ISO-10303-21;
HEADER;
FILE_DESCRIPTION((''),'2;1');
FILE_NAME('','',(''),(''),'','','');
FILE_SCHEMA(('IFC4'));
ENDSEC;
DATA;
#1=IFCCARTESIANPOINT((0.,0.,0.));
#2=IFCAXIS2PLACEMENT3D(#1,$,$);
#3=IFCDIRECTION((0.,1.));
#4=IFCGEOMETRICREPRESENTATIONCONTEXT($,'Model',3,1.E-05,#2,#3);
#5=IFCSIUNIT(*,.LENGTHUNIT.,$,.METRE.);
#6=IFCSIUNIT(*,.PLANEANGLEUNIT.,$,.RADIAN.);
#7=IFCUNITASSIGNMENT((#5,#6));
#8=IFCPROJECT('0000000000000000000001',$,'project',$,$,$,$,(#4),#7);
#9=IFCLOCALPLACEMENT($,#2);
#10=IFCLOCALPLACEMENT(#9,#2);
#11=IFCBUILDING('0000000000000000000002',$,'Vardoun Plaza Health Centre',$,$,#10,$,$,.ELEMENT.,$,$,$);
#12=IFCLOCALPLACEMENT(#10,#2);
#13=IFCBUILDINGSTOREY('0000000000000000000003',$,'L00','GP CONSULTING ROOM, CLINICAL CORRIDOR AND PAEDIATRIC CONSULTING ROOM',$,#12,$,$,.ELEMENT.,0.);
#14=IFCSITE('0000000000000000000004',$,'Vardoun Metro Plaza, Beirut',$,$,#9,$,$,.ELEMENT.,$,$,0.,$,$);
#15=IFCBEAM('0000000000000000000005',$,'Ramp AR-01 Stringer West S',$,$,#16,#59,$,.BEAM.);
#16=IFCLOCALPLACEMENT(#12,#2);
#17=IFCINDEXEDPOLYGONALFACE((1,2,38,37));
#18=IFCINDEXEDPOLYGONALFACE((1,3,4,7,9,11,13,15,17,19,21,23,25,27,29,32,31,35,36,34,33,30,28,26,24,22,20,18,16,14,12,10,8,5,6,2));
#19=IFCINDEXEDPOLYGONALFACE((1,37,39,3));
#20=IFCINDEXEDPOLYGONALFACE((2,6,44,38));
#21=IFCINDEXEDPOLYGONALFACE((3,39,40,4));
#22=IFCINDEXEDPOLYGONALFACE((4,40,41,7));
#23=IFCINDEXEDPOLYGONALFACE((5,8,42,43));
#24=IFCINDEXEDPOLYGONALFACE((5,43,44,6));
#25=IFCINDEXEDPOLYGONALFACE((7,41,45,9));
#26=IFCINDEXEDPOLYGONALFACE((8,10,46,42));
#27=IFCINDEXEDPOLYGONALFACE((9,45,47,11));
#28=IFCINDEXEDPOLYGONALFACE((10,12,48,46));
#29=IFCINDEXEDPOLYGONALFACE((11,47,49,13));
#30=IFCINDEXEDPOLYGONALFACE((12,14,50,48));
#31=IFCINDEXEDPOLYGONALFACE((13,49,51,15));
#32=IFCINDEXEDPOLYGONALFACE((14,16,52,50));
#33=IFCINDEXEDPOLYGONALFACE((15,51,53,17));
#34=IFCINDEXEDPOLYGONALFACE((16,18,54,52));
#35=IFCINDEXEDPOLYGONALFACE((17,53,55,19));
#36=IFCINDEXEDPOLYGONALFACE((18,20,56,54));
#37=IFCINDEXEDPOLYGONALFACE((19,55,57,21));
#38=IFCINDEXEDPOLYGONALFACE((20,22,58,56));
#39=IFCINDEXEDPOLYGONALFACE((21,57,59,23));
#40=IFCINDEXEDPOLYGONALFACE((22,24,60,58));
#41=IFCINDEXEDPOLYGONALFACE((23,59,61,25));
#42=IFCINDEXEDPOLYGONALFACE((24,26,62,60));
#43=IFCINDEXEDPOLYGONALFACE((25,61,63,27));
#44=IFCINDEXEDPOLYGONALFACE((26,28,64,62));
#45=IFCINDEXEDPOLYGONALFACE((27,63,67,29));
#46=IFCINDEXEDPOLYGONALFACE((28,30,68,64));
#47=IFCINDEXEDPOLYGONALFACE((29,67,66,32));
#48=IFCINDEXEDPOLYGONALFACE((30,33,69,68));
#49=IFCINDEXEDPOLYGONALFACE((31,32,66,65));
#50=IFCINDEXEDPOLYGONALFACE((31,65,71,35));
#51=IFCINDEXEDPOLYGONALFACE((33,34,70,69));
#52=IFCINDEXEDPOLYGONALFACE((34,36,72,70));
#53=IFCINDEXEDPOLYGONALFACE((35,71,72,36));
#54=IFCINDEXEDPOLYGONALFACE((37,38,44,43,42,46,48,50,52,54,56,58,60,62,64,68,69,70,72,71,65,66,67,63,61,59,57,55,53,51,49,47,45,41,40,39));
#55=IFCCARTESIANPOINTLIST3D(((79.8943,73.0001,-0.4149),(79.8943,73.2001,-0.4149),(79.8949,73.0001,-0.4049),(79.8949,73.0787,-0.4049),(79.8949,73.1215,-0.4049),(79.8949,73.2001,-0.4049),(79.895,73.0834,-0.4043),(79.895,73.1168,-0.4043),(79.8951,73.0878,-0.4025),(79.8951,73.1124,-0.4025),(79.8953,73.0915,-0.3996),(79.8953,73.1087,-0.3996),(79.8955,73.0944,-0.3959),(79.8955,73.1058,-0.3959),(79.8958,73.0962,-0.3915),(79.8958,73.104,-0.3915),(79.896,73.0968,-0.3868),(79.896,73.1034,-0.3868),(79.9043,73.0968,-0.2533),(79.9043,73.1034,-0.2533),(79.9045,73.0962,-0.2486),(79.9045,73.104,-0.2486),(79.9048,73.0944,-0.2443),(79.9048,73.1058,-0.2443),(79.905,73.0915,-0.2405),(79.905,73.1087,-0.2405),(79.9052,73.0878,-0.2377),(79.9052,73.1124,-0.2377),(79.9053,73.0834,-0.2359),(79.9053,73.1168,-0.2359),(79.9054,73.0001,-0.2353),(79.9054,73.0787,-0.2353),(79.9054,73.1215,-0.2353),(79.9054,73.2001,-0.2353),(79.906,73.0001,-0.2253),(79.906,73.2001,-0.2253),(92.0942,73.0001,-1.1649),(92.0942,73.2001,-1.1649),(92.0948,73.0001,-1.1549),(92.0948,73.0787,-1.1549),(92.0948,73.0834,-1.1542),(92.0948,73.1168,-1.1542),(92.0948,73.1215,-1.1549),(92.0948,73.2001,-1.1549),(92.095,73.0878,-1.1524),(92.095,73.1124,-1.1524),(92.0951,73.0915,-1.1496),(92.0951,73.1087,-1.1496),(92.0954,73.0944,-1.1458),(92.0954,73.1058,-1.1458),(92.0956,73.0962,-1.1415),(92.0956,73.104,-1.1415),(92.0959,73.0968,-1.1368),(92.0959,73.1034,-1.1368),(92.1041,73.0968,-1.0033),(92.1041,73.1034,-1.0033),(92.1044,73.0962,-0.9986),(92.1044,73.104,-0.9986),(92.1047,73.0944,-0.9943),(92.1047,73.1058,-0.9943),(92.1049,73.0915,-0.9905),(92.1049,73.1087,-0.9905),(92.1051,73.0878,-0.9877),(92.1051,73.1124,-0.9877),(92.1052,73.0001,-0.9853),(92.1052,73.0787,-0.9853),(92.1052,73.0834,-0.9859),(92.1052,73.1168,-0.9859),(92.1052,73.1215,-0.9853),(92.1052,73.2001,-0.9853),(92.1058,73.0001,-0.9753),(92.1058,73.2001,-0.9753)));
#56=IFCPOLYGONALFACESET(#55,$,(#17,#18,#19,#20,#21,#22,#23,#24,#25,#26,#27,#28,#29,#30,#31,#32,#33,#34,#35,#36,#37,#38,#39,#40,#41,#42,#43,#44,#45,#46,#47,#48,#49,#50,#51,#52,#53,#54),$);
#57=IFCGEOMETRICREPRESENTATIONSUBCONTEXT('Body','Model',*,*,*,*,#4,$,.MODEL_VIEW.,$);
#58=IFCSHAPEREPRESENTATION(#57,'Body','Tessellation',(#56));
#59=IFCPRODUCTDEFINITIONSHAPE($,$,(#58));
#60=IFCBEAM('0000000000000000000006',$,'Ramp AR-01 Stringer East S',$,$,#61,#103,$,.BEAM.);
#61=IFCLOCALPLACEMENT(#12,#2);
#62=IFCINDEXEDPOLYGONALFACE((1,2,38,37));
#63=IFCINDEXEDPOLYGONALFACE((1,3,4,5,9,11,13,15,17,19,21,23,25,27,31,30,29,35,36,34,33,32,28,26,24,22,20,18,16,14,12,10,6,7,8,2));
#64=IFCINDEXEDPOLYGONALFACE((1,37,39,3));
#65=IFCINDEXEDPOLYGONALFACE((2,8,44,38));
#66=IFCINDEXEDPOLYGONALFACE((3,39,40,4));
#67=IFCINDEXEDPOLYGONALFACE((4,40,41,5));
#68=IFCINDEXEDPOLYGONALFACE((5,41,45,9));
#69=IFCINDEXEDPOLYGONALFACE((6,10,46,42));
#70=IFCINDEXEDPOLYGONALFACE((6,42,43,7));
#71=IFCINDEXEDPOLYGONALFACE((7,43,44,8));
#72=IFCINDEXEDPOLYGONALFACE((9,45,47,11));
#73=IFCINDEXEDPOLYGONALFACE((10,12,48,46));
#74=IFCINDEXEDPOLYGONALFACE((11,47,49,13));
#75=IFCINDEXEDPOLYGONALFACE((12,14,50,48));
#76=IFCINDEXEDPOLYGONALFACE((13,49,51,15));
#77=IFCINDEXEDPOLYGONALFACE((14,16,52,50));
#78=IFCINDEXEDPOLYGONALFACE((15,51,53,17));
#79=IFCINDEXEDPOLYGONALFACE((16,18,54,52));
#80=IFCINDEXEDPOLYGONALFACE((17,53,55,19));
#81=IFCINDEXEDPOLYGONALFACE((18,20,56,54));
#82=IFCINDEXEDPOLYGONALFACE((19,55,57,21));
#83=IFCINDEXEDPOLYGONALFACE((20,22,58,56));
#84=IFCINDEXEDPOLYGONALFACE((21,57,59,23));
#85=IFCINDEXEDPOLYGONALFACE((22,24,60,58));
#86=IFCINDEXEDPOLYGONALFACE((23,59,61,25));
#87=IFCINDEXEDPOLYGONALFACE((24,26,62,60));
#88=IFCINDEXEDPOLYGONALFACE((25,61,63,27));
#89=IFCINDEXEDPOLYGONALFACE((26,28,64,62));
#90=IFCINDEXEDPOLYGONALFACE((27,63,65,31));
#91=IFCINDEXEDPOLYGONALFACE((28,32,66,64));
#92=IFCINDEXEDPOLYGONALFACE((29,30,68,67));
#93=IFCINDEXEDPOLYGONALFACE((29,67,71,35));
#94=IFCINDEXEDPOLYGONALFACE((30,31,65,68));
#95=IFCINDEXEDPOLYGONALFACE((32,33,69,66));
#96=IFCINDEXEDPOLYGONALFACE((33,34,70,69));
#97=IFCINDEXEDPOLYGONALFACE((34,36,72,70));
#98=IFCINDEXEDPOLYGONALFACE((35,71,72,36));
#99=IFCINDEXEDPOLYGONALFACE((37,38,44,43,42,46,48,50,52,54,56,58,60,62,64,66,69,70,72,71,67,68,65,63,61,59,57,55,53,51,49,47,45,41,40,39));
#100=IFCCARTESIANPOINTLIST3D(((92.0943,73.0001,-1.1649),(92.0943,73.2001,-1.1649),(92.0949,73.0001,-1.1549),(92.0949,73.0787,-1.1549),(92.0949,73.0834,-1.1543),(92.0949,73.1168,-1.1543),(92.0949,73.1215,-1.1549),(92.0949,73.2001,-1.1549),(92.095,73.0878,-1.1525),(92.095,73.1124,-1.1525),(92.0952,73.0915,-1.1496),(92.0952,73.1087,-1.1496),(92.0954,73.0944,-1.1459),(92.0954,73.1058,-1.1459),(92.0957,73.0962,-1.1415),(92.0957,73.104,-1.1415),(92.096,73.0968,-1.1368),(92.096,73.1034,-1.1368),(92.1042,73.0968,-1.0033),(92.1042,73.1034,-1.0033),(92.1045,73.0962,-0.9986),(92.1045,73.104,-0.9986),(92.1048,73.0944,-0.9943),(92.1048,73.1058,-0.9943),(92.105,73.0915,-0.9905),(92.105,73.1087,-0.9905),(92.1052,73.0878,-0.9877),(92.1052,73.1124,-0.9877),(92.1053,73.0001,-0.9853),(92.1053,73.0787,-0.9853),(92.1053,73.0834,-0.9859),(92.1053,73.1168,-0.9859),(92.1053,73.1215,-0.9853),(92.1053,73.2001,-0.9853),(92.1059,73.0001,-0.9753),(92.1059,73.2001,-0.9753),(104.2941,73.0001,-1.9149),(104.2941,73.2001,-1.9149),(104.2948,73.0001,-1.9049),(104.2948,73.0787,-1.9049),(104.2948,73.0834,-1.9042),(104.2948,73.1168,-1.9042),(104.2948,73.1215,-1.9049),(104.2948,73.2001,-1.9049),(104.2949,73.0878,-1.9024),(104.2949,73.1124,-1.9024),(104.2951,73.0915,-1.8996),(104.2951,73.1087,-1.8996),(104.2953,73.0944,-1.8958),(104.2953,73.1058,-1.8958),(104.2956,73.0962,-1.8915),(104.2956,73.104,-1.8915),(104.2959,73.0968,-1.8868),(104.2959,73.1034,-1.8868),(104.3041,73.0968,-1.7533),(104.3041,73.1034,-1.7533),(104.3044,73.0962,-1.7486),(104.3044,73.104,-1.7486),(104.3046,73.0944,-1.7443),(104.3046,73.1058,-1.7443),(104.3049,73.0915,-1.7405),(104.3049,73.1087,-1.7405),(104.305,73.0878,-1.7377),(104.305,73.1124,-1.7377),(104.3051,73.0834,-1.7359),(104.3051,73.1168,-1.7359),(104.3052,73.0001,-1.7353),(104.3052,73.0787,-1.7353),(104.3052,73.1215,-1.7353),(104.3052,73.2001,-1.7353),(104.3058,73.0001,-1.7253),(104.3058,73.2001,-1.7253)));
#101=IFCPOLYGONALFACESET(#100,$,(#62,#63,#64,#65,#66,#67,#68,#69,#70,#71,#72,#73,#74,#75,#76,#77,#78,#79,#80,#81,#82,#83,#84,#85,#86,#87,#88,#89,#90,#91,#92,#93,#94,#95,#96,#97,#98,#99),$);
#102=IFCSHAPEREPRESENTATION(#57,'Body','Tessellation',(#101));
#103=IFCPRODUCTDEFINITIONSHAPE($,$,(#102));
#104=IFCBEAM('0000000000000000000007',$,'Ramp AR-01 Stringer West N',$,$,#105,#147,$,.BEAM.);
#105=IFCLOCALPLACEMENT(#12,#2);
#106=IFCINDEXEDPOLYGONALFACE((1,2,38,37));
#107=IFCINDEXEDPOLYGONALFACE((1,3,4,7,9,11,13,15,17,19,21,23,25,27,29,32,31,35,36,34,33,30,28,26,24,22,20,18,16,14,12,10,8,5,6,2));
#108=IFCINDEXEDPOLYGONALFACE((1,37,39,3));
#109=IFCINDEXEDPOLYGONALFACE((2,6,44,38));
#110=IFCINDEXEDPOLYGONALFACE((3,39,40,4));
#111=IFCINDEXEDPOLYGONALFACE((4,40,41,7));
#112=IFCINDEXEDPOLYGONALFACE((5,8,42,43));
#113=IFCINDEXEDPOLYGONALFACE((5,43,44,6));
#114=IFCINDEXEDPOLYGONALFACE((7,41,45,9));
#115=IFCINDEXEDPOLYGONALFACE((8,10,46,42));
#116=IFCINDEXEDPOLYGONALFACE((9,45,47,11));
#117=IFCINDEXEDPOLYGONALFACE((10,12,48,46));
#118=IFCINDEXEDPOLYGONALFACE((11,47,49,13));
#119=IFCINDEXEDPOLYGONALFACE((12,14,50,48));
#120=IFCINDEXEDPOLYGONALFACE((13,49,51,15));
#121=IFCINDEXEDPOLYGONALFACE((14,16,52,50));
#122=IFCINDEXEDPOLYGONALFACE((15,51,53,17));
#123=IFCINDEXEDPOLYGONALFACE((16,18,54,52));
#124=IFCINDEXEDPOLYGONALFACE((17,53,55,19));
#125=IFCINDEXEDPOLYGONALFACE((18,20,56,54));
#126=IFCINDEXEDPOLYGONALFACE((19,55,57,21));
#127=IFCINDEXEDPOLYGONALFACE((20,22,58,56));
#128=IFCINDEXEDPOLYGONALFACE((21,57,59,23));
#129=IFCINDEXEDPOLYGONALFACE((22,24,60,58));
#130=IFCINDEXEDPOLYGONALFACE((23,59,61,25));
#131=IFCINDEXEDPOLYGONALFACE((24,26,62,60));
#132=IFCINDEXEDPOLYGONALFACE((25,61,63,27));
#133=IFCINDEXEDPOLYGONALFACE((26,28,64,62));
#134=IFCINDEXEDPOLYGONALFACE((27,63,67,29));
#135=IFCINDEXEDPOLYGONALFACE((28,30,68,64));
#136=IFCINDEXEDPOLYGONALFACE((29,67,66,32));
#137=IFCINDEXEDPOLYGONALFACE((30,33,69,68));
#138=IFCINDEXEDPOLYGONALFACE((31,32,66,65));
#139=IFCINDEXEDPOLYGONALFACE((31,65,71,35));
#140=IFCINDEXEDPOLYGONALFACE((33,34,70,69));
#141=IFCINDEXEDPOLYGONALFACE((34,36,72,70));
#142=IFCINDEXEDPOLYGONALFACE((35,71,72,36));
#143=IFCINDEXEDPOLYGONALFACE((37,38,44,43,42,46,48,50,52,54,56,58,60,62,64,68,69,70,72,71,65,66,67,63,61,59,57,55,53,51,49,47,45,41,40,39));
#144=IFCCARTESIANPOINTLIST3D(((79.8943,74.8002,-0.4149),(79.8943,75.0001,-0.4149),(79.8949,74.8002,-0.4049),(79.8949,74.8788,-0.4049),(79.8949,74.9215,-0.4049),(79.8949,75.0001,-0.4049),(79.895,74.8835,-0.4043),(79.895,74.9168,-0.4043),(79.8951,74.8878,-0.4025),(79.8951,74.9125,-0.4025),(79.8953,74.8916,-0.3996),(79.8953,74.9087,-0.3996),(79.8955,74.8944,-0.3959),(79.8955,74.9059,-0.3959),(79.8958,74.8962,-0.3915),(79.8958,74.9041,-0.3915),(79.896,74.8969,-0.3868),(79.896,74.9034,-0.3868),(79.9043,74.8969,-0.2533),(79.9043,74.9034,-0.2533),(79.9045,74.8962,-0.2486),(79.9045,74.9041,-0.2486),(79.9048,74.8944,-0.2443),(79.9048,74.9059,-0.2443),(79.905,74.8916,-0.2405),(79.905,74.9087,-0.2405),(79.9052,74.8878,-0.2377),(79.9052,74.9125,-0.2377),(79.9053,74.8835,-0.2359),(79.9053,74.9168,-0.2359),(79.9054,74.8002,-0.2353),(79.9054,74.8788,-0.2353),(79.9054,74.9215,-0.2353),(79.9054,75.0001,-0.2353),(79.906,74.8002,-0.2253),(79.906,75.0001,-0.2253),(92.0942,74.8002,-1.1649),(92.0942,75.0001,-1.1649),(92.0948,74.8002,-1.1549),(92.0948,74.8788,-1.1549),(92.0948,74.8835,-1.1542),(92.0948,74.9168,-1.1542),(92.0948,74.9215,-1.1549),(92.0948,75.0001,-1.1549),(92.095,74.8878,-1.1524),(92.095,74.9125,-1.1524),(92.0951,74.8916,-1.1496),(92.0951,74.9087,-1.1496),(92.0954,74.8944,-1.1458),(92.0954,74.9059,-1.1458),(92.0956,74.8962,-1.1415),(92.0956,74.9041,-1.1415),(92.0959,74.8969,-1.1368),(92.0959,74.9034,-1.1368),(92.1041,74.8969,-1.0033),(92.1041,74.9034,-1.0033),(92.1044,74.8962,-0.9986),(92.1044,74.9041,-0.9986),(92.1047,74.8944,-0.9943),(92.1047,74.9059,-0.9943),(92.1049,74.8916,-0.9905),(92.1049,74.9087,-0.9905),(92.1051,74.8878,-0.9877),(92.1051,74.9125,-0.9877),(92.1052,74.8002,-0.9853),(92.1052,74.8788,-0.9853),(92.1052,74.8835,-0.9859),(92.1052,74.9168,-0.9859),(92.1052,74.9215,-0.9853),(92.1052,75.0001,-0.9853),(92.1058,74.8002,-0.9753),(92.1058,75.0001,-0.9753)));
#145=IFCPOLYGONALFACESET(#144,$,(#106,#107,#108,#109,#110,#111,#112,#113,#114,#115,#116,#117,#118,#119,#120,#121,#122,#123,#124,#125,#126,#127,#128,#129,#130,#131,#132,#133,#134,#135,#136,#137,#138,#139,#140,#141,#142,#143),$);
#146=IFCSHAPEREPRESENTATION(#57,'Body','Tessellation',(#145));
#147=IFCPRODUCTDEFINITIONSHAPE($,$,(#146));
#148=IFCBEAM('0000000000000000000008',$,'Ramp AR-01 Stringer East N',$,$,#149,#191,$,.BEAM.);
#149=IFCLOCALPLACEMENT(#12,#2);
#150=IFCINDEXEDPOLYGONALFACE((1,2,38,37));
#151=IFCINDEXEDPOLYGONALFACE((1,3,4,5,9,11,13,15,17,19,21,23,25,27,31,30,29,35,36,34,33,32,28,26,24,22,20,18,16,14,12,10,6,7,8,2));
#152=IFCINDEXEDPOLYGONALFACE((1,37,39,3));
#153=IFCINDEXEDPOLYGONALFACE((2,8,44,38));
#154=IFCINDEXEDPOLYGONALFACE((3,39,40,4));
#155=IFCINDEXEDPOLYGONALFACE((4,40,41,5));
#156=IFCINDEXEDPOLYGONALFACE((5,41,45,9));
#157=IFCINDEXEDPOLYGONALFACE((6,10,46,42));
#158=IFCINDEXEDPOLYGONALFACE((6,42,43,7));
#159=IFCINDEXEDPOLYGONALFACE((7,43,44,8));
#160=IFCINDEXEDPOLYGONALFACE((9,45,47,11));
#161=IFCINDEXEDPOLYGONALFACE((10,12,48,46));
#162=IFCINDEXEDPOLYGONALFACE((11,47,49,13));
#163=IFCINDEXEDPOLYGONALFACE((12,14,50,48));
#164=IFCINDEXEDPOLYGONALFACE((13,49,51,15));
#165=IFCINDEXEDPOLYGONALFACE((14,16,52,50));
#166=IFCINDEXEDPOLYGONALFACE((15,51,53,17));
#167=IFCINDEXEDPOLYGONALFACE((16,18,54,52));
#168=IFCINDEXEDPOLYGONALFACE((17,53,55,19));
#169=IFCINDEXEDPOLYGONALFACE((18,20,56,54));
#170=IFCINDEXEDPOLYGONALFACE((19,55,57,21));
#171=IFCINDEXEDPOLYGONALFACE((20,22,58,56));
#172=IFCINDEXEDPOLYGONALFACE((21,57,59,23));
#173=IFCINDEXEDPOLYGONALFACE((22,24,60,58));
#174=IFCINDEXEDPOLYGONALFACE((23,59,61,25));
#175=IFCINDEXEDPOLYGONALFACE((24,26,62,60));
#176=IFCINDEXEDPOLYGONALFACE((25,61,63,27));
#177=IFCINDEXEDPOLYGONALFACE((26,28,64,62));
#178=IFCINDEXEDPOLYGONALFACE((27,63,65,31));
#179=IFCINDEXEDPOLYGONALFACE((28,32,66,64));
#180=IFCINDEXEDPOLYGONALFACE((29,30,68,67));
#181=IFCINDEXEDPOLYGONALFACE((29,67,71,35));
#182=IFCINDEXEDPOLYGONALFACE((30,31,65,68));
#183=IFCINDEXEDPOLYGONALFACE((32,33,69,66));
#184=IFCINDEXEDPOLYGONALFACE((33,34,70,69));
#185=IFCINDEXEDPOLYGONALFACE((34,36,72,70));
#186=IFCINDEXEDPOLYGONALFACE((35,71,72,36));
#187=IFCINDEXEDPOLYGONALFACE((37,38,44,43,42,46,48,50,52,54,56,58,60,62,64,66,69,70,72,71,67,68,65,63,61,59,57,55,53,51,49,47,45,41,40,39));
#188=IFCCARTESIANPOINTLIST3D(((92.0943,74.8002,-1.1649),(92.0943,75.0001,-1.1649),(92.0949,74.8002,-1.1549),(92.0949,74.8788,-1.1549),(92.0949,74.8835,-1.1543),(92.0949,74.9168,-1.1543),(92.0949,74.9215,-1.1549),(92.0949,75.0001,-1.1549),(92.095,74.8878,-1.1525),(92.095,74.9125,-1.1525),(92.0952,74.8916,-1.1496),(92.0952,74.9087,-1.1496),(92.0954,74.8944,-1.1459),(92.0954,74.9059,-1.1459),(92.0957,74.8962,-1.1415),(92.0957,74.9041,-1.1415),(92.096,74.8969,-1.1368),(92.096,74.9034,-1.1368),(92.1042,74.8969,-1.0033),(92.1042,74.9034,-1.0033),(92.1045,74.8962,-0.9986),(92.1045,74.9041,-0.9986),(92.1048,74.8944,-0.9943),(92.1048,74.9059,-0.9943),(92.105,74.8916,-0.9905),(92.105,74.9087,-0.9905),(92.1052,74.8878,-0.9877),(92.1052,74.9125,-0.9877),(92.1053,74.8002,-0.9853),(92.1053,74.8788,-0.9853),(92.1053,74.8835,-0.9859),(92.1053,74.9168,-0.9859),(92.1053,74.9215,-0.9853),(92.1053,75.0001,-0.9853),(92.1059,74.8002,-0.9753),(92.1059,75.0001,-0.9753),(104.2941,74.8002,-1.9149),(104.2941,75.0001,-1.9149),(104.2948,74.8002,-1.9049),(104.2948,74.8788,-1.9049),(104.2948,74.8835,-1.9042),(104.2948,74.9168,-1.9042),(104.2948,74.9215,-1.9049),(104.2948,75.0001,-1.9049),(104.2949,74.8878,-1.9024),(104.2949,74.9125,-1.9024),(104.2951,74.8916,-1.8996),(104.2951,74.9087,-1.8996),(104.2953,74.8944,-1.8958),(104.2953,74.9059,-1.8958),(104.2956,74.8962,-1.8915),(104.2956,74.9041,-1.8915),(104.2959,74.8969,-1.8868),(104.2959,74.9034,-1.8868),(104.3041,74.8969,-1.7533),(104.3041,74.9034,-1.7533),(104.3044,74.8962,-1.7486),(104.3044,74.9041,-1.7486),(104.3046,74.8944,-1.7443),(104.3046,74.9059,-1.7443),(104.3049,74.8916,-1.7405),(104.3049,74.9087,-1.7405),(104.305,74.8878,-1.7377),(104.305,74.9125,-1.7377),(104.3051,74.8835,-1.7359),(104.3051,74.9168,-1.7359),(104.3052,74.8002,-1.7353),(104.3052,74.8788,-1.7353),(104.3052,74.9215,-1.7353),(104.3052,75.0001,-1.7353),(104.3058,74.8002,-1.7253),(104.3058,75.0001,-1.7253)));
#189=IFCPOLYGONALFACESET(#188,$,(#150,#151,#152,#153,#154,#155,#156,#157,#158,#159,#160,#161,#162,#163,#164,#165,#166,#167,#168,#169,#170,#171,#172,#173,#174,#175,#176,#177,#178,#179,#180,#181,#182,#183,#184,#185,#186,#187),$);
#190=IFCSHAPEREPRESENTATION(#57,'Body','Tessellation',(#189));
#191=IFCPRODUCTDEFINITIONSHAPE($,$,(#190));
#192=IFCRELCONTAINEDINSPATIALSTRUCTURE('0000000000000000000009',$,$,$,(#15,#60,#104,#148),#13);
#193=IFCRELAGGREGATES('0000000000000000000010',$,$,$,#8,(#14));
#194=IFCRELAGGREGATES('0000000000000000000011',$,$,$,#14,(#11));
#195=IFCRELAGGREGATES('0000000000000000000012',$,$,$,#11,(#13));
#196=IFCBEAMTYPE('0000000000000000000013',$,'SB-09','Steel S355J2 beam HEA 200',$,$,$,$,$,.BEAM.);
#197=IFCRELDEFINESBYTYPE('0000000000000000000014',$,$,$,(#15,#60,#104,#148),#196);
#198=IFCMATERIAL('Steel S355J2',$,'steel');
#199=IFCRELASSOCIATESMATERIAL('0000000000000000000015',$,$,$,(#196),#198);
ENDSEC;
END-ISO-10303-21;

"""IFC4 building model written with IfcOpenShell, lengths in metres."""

from ifc_helpers import new_model, si_unit, direction, frame, origin, origin_2d, place, context, subcontext, project, spatial, i_section, extrude, material, material_profile, profile_set, type_object, element, save


model = new_model("IFC4")

# Units and contexts
model_context = context("Model", 3, precision=1e-05, world=origin(), true_north=direction((0.0, 1.0)))
body_context = subcontext(model_context, "Body", "Model", "MODEL_VIEW")
ifc_project = project(units=[si_unit("LENGTHUNIT", "METRE"), si_unit("PLANEANGLEUNIT", "RADIAN")], contexts=[model_context])

# Site, building, storey
site_placement = place(None, origin())
site = spatial("IfcSite", under=ifc_project, at=site_placement, Name="Vardoun Metro Plaza, Beirut", CompositionType="ELEMENT", RefElevation=0.0)
building_placement = place(site_placement, origin())
building = spatial("IfcBuilding", under=site, at=building_placement, Name="Vardoun Plaza Health Centre", CompositionType="ELEMENT")
storey_placement = place(building_placement, origin())
storey = spatial("IfcBuildingStorey", under=building, at=storey_placement, Name="L00", Description="GP CONSULTING ROOM, CLINICAL CORRIDOR AND PAEDIATRIC CONSULTING ROOM", CompositionType="ELEMENT", Elevation=0.0)

# Beams
ifc_material_1 = material(Name="Steel S355J2", Category="steel")
ifc_material_profile_1 = material_profile(ifc_material_1, i_section(OverallWidth=0.2, OverallDepth=0.1899, WebThickness=0.0066, FlangeThickness=0.01, FilletRadius=0.0181, at=origin_2d()), Name="HEA 200")
ifc_profile_set_1 = profile_set([ifc_material_profile_1], Name="Steel S355J2")
beam_type = type_object("IfcBeamType", Name="SB-09", Description="Steel S355J2 beam HEA 200", PredefinedType="BEAM", material=ifc_profile_set_1)
for number, where, z_axis, x_axis, name in (
    (1, (79.9001, 73.1001, -0.3201), (0.998116, 0.0, -0.06136), (0.0, 1.0, 0.0), "Ramp AR-01 Stringer West S"),
    (2, (92.1001, 73.1001, -1.0701), (0.998116, 0.0, -0.06136), (0.0, 1.0, 0.0), "Ramp AR-01 Stringer East S"),
    (3, (79.9001, 74.9001, -0.3201), (0.998116, 0.0, -0.06136), (0.0, 1.0, 0.0), "Ramp AR-01 Stringer West N"),
    (4, (92.1001, 74.9001, -1.0701), (0.998116, 0.0, -0.06136), (0.0, 1.0, 0.0), "Ramp AR-01 Stringer East N"),
):
    element("IfcBeam", number, at=place(storey_placement, frame(where, z_axis=z_axis, x_axis=x_axis)), inside=storey, type_object=beam_type, Name=name, PredefinedType="BEAM", context=body_context, shape_type="SweptSolid", body=[
        extrude(i_section(OverallWidth=0.2, OverallDepth=0.1899, WebThickness=0.0066, FlangeThickness=0.01, FilletRadius=0.0181, at=origin_2d()), origin(), (0.0, 0.0, 1.0), 12.2229),
    ])

save(model, "model.ifc")
